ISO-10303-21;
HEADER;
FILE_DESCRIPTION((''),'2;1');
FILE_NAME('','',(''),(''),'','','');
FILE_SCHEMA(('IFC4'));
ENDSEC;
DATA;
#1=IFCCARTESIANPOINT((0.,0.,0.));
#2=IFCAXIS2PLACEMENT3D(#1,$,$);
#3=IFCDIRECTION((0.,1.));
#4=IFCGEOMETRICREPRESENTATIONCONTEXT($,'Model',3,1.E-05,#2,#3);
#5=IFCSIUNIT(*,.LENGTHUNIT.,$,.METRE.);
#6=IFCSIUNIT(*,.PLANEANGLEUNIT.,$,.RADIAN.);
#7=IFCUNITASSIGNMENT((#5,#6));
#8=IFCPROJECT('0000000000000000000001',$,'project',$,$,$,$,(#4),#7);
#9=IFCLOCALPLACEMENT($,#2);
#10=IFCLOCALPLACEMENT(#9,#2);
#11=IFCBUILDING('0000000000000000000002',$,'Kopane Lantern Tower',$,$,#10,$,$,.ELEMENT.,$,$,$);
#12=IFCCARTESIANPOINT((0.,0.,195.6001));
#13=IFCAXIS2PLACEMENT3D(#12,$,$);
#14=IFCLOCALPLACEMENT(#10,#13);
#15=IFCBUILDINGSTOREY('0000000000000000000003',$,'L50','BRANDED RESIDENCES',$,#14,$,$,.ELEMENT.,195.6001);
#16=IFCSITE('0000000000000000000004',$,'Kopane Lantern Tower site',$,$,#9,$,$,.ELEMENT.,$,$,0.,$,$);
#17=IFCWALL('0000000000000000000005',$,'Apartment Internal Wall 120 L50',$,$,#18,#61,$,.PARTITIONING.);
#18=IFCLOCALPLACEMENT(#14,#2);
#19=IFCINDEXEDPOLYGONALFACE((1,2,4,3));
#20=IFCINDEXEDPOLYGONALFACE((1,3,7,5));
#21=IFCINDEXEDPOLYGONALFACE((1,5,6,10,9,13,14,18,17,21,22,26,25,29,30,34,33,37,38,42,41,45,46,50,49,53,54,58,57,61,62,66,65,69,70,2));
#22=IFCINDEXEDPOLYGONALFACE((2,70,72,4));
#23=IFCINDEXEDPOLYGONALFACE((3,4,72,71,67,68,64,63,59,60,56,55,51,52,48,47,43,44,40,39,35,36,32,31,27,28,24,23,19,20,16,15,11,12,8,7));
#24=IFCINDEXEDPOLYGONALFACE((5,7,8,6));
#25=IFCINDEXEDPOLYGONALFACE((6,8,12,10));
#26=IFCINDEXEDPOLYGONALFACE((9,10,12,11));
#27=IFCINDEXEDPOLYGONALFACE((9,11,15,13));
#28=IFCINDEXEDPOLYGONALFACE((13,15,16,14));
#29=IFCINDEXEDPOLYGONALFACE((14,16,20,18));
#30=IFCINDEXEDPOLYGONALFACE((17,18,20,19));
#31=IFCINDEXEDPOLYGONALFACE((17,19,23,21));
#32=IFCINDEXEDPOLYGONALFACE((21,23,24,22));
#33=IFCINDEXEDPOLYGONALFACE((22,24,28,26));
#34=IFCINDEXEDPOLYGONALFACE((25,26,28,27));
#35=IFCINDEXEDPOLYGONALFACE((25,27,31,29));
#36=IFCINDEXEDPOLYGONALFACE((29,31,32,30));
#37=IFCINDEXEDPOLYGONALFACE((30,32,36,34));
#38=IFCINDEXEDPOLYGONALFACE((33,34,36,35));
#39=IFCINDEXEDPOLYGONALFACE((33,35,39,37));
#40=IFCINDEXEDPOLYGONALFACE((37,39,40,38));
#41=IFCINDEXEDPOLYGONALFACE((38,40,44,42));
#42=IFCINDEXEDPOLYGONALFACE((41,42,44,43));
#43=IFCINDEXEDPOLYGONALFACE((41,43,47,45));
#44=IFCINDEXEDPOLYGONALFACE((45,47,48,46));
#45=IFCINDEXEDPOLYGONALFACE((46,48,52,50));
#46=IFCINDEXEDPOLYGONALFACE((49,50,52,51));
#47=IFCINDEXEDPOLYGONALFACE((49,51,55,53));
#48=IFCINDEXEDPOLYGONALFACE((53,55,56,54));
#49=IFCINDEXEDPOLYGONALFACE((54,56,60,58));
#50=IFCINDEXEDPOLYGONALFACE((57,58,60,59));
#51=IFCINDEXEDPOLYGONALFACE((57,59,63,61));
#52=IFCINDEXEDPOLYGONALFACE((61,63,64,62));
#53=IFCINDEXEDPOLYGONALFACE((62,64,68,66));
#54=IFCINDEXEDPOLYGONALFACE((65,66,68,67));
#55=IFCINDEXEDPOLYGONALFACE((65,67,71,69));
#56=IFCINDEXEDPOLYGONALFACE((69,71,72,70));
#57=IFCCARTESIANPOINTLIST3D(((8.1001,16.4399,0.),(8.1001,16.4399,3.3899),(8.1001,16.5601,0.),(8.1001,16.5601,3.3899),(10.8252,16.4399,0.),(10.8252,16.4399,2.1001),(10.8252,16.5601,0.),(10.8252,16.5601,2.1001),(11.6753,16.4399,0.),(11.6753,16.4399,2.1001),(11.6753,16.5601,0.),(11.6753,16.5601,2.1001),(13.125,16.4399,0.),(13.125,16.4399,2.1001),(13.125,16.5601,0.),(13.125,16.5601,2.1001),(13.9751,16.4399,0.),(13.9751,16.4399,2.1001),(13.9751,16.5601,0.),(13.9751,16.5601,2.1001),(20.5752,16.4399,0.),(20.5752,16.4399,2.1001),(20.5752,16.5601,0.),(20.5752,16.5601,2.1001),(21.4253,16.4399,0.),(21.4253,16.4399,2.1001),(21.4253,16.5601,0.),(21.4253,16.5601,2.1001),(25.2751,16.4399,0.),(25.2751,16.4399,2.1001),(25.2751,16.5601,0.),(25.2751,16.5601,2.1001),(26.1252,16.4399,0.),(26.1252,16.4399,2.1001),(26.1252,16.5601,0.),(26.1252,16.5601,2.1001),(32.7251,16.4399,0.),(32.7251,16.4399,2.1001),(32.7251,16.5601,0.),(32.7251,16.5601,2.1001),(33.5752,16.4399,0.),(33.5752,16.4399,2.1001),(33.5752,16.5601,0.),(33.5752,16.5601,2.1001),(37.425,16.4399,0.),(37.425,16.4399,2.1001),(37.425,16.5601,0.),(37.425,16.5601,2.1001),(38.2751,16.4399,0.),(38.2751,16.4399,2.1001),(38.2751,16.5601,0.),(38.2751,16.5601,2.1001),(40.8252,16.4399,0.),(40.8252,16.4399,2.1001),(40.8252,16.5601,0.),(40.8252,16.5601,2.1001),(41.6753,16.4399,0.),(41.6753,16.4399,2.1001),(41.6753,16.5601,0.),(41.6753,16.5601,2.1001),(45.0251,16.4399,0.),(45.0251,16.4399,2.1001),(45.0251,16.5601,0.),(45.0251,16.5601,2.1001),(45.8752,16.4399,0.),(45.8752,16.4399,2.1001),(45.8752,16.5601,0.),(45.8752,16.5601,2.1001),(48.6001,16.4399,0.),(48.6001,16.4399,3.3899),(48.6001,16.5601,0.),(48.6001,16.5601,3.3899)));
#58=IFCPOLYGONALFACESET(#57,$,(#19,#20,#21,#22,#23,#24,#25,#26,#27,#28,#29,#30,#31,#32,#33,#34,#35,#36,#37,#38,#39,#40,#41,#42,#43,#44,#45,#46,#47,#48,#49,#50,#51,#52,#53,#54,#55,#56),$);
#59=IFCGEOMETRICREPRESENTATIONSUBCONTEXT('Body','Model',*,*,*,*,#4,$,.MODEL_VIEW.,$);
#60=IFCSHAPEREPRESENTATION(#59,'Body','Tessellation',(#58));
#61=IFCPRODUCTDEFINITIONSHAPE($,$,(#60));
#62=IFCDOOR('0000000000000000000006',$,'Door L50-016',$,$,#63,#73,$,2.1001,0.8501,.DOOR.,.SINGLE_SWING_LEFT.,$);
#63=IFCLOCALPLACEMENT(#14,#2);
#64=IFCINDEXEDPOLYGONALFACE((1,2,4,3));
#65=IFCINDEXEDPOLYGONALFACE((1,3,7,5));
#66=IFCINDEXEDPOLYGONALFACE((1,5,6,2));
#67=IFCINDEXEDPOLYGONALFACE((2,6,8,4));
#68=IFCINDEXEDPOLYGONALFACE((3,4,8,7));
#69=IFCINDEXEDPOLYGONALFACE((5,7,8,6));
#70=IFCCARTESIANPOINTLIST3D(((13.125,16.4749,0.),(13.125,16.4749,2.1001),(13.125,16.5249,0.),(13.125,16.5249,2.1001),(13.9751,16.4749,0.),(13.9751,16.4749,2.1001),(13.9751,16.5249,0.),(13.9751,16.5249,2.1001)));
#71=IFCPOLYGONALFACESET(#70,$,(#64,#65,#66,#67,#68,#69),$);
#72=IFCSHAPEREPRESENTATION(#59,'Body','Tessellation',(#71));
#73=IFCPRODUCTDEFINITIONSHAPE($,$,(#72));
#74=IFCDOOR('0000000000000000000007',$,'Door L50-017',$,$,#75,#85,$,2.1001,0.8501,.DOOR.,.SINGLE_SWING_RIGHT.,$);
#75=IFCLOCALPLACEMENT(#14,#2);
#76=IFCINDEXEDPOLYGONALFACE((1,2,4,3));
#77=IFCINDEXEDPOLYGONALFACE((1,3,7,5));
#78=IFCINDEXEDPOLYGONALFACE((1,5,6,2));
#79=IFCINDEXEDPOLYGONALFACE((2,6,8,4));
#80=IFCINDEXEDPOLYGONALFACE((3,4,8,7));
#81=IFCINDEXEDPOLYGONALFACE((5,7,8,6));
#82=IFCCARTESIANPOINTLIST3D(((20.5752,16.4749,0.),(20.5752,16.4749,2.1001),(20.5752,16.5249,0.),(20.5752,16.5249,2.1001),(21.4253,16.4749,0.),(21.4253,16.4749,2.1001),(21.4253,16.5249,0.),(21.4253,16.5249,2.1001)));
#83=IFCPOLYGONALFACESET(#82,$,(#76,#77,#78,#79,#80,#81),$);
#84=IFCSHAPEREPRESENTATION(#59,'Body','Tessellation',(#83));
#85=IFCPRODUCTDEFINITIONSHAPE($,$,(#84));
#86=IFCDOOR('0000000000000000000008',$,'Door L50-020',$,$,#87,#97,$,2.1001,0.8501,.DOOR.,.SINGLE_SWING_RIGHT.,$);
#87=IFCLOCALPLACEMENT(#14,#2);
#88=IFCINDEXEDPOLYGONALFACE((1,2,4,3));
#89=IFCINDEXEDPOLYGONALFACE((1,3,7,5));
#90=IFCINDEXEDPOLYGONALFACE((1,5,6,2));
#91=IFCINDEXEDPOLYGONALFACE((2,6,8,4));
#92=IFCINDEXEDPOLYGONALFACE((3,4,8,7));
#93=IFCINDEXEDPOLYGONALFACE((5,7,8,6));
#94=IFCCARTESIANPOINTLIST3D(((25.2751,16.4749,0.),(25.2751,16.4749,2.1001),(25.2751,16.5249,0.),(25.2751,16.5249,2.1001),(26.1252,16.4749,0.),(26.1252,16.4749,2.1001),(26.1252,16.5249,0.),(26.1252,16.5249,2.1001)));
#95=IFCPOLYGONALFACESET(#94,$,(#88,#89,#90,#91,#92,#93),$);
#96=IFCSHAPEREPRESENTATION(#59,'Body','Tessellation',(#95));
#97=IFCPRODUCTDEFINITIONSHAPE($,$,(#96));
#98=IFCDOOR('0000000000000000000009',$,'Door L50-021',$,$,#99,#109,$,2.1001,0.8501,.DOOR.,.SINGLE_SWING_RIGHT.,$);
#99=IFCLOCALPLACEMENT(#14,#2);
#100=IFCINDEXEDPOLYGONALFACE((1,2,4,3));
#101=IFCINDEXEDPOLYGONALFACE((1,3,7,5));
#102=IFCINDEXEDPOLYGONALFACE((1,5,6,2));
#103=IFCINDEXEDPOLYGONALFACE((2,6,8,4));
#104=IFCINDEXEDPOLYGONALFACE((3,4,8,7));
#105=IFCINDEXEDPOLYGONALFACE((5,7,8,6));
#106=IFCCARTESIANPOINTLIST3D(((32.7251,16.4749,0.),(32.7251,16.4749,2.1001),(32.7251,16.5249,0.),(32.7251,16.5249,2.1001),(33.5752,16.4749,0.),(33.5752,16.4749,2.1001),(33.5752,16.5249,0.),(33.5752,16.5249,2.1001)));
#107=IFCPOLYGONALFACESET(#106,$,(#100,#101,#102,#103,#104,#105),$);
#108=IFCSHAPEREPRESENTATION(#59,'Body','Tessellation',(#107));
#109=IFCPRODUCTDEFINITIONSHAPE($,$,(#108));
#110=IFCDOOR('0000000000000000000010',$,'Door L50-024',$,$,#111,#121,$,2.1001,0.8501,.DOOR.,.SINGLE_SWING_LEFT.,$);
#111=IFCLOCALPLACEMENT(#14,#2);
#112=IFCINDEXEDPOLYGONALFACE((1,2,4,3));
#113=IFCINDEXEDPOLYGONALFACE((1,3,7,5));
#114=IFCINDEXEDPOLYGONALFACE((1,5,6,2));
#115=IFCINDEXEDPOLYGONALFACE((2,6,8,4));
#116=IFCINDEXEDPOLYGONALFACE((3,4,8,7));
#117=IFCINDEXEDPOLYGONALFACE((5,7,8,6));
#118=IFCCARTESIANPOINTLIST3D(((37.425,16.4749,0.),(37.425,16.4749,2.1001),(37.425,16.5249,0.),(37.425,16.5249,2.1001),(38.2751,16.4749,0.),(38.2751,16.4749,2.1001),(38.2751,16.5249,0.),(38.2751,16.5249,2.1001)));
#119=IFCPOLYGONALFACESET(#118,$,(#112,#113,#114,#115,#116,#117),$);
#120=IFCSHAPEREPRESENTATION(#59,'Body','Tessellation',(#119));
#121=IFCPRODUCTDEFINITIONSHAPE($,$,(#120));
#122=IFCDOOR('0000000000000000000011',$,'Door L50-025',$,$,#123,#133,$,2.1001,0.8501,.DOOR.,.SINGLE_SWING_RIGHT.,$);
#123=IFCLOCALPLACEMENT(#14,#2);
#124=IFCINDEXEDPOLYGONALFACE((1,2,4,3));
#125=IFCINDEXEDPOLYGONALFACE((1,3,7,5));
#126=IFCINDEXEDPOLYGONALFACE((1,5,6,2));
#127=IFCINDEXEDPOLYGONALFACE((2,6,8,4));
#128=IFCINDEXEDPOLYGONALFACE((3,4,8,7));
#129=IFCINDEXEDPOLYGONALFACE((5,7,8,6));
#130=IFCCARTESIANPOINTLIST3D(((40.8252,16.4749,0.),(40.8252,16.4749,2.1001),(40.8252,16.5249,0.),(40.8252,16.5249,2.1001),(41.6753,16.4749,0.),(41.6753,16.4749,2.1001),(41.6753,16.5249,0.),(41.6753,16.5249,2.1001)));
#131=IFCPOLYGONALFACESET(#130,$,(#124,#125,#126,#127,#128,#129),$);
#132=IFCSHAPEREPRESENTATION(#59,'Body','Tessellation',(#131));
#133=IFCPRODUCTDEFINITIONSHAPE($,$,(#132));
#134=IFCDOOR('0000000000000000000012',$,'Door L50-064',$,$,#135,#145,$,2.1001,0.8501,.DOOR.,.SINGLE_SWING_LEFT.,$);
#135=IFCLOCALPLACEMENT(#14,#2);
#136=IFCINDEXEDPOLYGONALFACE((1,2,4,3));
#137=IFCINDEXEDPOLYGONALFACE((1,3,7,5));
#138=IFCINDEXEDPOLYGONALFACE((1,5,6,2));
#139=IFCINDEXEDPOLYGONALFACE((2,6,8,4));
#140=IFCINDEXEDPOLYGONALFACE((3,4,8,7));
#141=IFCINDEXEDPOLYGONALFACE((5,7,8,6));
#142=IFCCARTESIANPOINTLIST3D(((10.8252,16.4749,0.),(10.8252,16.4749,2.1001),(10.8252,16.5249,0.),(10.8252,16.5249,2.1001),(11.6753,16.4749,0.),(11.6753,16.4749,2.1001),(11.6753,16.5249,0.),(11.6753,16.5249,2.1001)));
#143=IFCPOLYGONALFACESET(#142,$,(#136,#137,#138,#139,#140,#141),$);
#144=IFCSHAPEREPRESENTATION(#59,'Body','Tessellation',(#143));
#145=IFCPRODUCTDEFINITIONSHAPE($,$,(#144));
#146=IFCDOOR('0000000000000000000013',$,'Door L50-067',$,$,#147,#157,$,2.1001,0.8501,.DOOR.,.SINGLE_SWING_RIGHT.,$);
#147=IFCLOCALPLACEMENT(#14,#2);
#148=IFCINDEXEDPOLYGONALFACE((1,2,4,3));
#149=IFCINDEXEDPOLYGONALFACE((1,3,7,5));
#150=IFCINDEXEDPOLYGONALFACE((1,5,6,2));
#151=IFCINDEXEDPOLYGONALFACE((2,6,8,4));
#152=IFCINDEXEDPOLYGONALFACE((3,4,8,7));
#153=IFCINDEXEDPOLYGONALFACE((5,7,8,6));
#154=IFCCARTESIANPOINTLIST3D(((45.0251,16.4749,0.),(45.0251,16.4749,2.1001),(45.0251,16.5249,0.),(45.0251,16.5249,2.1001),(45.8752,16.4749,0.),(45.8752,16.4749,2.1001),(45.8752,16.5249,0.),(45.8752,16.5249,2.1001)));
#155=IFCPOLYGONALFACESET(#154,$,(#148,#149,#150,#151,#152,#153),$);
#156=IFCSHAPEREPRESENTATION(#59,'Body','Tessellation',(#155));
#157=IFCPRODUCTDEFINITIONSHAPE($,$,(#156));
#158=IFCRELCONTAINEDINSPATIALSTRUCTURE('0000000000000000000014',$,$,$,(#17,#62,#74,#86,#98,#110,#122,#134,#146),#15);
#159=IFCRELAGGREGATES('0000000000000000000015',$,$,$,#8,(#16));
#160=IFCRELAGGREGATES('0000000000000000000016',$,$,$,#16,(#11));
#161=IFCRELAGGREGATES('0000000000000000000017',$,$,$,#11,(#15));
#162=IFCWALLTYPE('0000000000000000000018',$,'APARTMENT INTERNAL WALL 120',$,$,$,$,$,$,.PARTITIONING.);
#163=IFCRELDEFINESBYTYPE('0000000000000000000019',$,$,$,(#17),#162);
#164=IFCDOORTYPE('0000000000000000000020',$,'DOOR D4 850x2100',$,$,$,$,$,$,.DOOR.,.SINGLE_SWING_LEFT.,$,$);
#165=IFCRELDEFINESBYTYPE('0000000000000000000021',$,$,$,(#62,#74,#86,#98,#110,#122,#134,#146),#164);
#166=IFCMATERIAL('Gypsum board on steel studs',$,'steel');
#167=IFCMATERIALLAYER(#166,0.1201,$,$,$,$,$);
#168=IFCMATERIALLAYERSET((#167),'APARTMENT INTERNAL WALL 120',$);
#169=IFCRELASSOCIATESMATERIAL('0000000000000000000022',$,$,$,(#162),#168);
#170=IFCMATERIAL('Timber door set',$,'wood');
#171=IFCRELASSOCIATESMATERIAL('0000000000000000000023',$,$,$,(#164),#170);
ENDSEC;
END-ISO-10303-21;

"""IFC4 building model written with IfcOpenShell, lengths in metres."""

from ifc_helpers import new_model, si_unit, direction, frame, frame_2d, origin, place, context, subcontext, project, spatial, rectangle, extrude, material, layer, layer_set, type_object, element, fill, save


model = new_model("IFC4")

# Units and contexts
model_context = context("Model", 3, precision=1e-05, world=origin(), true_north=direction((0.0, 1.0)))
body_context = subcontext(model_context, "Body", "Model", "MODEL_VIEW")
ifc_project = project(units=[si_unit("LENGTHUNIT", "METRE"), si_unit("PLANEANGLEUNIT", "RADIAN")], contexts=[model_context])

# Site, building, storey
site_placement = place(None, origin())
site = spatial("IfcSite", under=ifc_project, at=site_placement, Name="Kopane Lantern Tower site", CompositionType="ELEMENT", RefElevation=0.0)
building_placement = place(site_placement, origin())
building = spatial("IfcBuilding", under=site, at=building_placement, Name="Kopane Lantern Tower", CompositionType="ELEMENT")
storey_placement = place(building_placement, frame((0.0, 0.0, 195.6001)))
storey = spatial("IfcBuildingStorey", under=building, at=storey_placement, Name="L50", Description="BRANDED RESIDENCES", CompositionType="ELEMENT", Elevation=195.6001)

# Wall, openings, doors
ifc_material_1 = material(Name="Gypsum board on steel studs", Category="steel")
ifc_layer_1 = layer(ifc_material_1, 0.1201)
ifc_layer_set_1 = layer_set([ifc_layer_1], Name="APARTMENT INTERNAL WALL 120")
wall_type_1 = type_object("IfcWallType", Name="APARTMENT INTERNAL WALL 120", PredefinedType="PARTITIONING", material=ifc_layer_set_1)
ifc_material_2 = material(Name="Timber door set", Category="wood")
door_type = type_object("IfcDoorType", Name="DOOR D4 850x2100", OperationType="SINGLE_SWING_LEFT", PredefinedType="DOOR", material=ifc_material_2)
wall_1_placement = place(storey_placement, frame((8.1001, 16.5, 0.0), z_axis=(0.0, 0.0, 1.0), x_axis=(1.0, 0.0, 0.0)))
wall_1 = element("IfcWall", 1, at=wall_1_placement, inside=storey, type_object=wall_type_1, Name="Apartment Internal Wall 120 L50", PredefinedType="PARTITIONING", context=body_context, shape_type="SweptSolid", body=[
    extrude(rectangle(XDim=40.5, YDim=0.1201, at=frame_2d((20.25, 0.0))), origin(), (0.0, 0.0, 1.0), 3.3899),
])
opening_1_placement = place(wall_1_placement, frame((5.0249, 0.0, 0.0)))
opening_1 = element("IfcOpeningElement", 2, at=opening_1_placement, cuts=wall_1, PredefinedType="OPENING", context=body_context, shape_type="SweptSolid", body=[
    extrude(rectangle(XDim=0.8501, YDim=2.1001, at=frame_2d((0.425, 1.05))), frame((0.0, 0.0701, 0.0), z_axis=(0.0, -1.0, 0.0), x_axis=(1.0, 0.0, 0.0)), (0.0, 0.0, 1.0), 0.1401),
])
opening_2_placement = place(wall_1_placement, frame((12.4751, 0.0, 0.0)))
opening_2 = element("IfcOpeningElement", 3, at=opening_2_placement, cuts=wall_1, PredefinedType="OPENING", context=body_context, shape_type="SweptSolid", body=[
    extrude(rectangle(XDim=0.8501, YDim=2.1001, at=frame_2d((0.425, 1.05))), frame((0.0, 0.0701, 0.0), z_axis=(0.0, -1.0, 0.0), x_axis=(1.0, 0.0, 0.0)), (0.0, 0.0, 1.0), 0.1401),
])
opening_3_placement = place(wall_1_placement, frame((17.175, 0.0, 0.0)))
opening_3 = element("IfcOpeningElement", 4, at=opening_3_placement, cuts=wall_1, PredefinedType="OPENING", context=body_context, shape_type="SweptSolid", body=[
    extrude(rectangle(XDim=0.8501, YDim=2.1001, at=frame_2d((0.425, 1.05))), frame((0.0, 0.0701, 0.0), z_axis=(0.0, -1.0, 0.0), x_axis=(1.0, 0.0, 0.0)), (0.0, 0.0, 1.0), 0.1401),
])
opening_4_placement = place(wall_1_placement, frame((24.625, 0.0, 0.0)))
opening_4 = element("IfcOpeningElement", 5, at=opening_4_placement, cuts=wall_1, PredefinedType="OPENING", context=body_context, shape_type="SweptSolid", body=[
    extrude(rectangle(XDim=0.8501, YDim=2.1001, at=frame_2d((0.425, 1.05))), frame((0.0, 0.0701, 0.0), z_axis=(0.0, -1.0, 0.0), x_axis=(1.0, 0.0, 0.0)), (0.0, 0.0, 1.0), 0.1401),
])
opening_5_placement = place(wall_1_placement, frame((29.325, 0.0, 0.0)))
opening_5 = element("IfcOpeningElement", 6, at=opening_5_placement, cuts=wall_1, PredefinedType="OPENING", context=body_context, shape_type="SweptSolid", body=[
    extrude(rectangle(XDim=0.8501, YDim=2.1001, at=frame_2d((0.425, 1.05))), frame((0.0, 0.0701, 0.0), z_axis=(0.0, -1.0, 0.0), x_axis=(1.0, 0.0, 0.0)), (0.0, 0.0, 1.0), 0.1401),
])
opening_6_placement = place(wall_1_placement, frame((32.7251, 0.0, 0.0)))
opening_6 = element("IfcOpeningElement", 7, at=opening_6_placement, cuts=wall_1, PredefinedType="OPENING", context=body_context, shape_type="SweptSolid", body=[
    extrude(rectangle(XDim=0.8501, YDim=2.1001, at=frame_2d((0.425, 1.05))), frame((0.0, 0.0701, 0.0), z_axis=(0.0, -1.0, 0.0), x_axis=(1.0, 0.0, 0.0)), (0.0, 0.0, 1.0), 0.1401),
])
opening_7_placement = place(wall_1_placement, frame((2.7251, 0.0, 0.0)))
opening_7 = element("IfcOpeningElement", 8, at=opening_7_placement, cuts=wall_1, PredefinedType="OPENING", context=body_context, shape_type="SweptSolid", body=[
    extrude(rectangle(XDim=0.8501, YDim=2.1001, at=frame_2d((0.425, 1.05))), frame((0.0, 0.0701, 0.0), z_axis=(0.0, -1.0, 0.0), x_axis=(1.0, 0.0, 0.0)), (0.0, 0.0, 1.0), 0.1401),
])
opening_8_placement = place(wall_1_placement, frame((36.925, 0.0, 0.0)))
opening_8 = element("IfcOpeningElement", 9, at=opening_8_placement, cuts=wall_1, PredefinedType="OPENING", context=body_context, shape_type="SweptSolid", body=[
    extrude(rectangle(XDim=0.8501, YDim=2.1001, at=frame_2d((0.425, 1.05))), frame((0.0, 0.0701, 0.0), z_axis=(0.0, -1.0, 0.0), x_axis=(1.0, 0.0, 0.0)), (0.0, 0.0, 1.0), 0.1401),
])
door_1_placement = place(opening_1_placement, origin())
door_1 = element("IfcDoor", 10, at=door_1_placement, inside=storey, type_object=door_type, Name="Door L50-016", OperationType="SINGLE_SWING_LEFT", OverallHeight=2.1001, OverallWidth=0.8501, PredefinedType="DOOR", context=body_context, shape_type="SweptSolid", body=[
    extrude(rectangle(XDim=0.8501, YDim=2.1001, at=frame_2d((0.425, 1.05))), frame((0.0, 0.0249, 0.0), z_axis=(0.0, -1.0, 0.0), x_axis=(1.0, 0.0, 0.0)), (0.0, 0.0, 1.0), 0.05),
])
fill(opening_1, door_1)
door_2_placement = place(opening_2_placement, origin())
door_2 = element("IfcDoor", 11, at=door_2_placement, inside=storey, type_object=door_type, Name="Door L50-017", OperationType="SINGLE_SWING_RIGHT", OverallHeight=2.1001, OverallWidth=0.8501, PredefinedType="DOOR", context=body_context, shape_type="SweptSolid", body=[
    extrude(rectangle(XDim=0.8501, YDim=2.1001, at=frame_2d((0.425, 1.05))), frame((0.0, 0.0249, 0.0), z_axis=(0.0, -1.0, 0.0), x_axis=(1.0, 0.0, 0.0)), (0.0, 0.0, 1.0), 0.05),
])
fill(opening_2, door_2)
door_3_placement = place(opening_3_placement, origin())
door_3 = element("IfcDoor", 12, at=door_3_placement, inside=storey, type_object=door_type, Name="Door L50-020", OperationType="SINGLE_SWING_RIGHT", OverallHeight=2.1001, OverallWidth=0.8501, PredefinedType="DOOR", context=body_context, shape_type="SweptSolid", body=[
    extrude(rectangle(XDim=0.8501, YDim=2.1001, at=frame_2d((0.425, 1.05))), frame((0.0, 0.0249, 0.0), z_axis=(0.0, -1.0, 0.0), x_axis=(1.0, 0.0, 0.0)), (0.0, 0.0, 1.0), 0.05),
])
fill(opening_3, door_3)
door_4_placement = place(opening_4_placement, origin())
door_4 = element("IfcDoor", 13, at=door_4_placement, inside=storey, type_object=door_type, Name="Door L50-021", OperationType="SINGLE_SWING_RIGHT", OverallHeight=2.1001, OverallWidth=0.8501, PredefinedType="DOOR", context=body_context, shape_type="SweptSolid", body=[
    extrude(rectangle(XDim=0.8501, YDim=2.1001, at=frame_2d((0.425, 1.05))), frame((0.0, 0.0249, 0.0), z_axis=(0.0, -1.0, 0.0), x_axis=(1.0, 0.0, 0.0)), (0.0, 0.0, 1.0), 0.05),
])
fill(opening_4, door_4)
door_5_placement = place(opening_5_placement, origin())
door_5 = element("IfcDoor", 14, at=door_5_placement, inside=storey, type_object=door_type, Name="Door L50-024", OperationType="SINGLE_SWING_LEFT", OverallHeight=2.1001, OverallWidth=0.8501, PredefinedType="DOOR", context=body_context, shape_type="SweptSolid", body=[
    extrude(rectangle(XDim=0.8501, YDim=2.1001, at=frame_2d((0.425, 1.05))), frame((0.0, 0.0249, 0.0), z_axis=(0.0, -1.0, 0.0), x_axis=(1.0, 0.0, 0.0)), (0.0, 0.0, 1.0), 0.05),
])
fill(opening_5, door_5)
door_6_placement = place(opening_6_placement, origin())
door_6 = element("IfcDoor", 15, at=door_6_placement, inside=storey, type_object=door_type, Name="Door L50-025", OperationType="SINGLE_SWING_RIGHT", OverallHeight=2.1001, OverallWidth=0.8501, PredefinedType="DOOR", context=body_context, shape_type="SweptSolid", body=[
    extrude(rectangle(XDim=0.8501, YDim=2.1001, at=frame_2d((0.425, 1.05))), frame((0.0, 0.0249, 0.0), z_axis=(0.0, -1.0, 0.0), x_axis=(1.0, 0.0, 0.0)), (0.0, 0.0, 1.0), 0.05),
])
fill(opening_6, door_6)
door_7_placement = place(opening_7_placement, origin())
door_7 = element("IfcDoor", 16, at=door_7_placement, inside=storey, type_object=door_type, Name="Door L50-064", OperationType="SINGLE_SWING_LEFT", OverallHeight=2.1001, OverallWidth=0.8501, PredefinedType="DOOR", context=body_context, shape_type="SweptSolid", body=[
    extrude(rectangle(XDim=0.8501, YDim=2.1001, at=frame_2d((0.425, 1.05))), frame((0.0, 0.0249, 0.0), z_axis=(0.0, -1.0, 0.0), x_axis=(1.0, 0.0, 0.0)), (0.0, 0.0, 1.0), 0.05),
])
fill(opening_7, door_7)
door_8_placement = place(opening_8_placement, origin())
door_8 = element("IfcDoor", 17, at=door_8_placement, inside=storey, type_object=door_type, Name="Door L50-067", OperationType="SINGLE_SWING_RIGHT", OverallHeight=2.1001, OverallWidth=0.8501, PredefinedType="DOOR", context=body_context, shape_type="SweptSolid", body=[
    extrude(rectangle(XDim=0.8501, YDim=2.1001, at=frame_2d((0.425, 1.05))), frame((0.0, 0.0249, 0.0), z_axis=(0.0, -1.0, 0.0), x_axis=(1.0, 0.0, 0.0)), (0.0, 0.0, 1.0), 0.05),
])
fill(opening_8, door_8)

save(model, "model.ifc")
